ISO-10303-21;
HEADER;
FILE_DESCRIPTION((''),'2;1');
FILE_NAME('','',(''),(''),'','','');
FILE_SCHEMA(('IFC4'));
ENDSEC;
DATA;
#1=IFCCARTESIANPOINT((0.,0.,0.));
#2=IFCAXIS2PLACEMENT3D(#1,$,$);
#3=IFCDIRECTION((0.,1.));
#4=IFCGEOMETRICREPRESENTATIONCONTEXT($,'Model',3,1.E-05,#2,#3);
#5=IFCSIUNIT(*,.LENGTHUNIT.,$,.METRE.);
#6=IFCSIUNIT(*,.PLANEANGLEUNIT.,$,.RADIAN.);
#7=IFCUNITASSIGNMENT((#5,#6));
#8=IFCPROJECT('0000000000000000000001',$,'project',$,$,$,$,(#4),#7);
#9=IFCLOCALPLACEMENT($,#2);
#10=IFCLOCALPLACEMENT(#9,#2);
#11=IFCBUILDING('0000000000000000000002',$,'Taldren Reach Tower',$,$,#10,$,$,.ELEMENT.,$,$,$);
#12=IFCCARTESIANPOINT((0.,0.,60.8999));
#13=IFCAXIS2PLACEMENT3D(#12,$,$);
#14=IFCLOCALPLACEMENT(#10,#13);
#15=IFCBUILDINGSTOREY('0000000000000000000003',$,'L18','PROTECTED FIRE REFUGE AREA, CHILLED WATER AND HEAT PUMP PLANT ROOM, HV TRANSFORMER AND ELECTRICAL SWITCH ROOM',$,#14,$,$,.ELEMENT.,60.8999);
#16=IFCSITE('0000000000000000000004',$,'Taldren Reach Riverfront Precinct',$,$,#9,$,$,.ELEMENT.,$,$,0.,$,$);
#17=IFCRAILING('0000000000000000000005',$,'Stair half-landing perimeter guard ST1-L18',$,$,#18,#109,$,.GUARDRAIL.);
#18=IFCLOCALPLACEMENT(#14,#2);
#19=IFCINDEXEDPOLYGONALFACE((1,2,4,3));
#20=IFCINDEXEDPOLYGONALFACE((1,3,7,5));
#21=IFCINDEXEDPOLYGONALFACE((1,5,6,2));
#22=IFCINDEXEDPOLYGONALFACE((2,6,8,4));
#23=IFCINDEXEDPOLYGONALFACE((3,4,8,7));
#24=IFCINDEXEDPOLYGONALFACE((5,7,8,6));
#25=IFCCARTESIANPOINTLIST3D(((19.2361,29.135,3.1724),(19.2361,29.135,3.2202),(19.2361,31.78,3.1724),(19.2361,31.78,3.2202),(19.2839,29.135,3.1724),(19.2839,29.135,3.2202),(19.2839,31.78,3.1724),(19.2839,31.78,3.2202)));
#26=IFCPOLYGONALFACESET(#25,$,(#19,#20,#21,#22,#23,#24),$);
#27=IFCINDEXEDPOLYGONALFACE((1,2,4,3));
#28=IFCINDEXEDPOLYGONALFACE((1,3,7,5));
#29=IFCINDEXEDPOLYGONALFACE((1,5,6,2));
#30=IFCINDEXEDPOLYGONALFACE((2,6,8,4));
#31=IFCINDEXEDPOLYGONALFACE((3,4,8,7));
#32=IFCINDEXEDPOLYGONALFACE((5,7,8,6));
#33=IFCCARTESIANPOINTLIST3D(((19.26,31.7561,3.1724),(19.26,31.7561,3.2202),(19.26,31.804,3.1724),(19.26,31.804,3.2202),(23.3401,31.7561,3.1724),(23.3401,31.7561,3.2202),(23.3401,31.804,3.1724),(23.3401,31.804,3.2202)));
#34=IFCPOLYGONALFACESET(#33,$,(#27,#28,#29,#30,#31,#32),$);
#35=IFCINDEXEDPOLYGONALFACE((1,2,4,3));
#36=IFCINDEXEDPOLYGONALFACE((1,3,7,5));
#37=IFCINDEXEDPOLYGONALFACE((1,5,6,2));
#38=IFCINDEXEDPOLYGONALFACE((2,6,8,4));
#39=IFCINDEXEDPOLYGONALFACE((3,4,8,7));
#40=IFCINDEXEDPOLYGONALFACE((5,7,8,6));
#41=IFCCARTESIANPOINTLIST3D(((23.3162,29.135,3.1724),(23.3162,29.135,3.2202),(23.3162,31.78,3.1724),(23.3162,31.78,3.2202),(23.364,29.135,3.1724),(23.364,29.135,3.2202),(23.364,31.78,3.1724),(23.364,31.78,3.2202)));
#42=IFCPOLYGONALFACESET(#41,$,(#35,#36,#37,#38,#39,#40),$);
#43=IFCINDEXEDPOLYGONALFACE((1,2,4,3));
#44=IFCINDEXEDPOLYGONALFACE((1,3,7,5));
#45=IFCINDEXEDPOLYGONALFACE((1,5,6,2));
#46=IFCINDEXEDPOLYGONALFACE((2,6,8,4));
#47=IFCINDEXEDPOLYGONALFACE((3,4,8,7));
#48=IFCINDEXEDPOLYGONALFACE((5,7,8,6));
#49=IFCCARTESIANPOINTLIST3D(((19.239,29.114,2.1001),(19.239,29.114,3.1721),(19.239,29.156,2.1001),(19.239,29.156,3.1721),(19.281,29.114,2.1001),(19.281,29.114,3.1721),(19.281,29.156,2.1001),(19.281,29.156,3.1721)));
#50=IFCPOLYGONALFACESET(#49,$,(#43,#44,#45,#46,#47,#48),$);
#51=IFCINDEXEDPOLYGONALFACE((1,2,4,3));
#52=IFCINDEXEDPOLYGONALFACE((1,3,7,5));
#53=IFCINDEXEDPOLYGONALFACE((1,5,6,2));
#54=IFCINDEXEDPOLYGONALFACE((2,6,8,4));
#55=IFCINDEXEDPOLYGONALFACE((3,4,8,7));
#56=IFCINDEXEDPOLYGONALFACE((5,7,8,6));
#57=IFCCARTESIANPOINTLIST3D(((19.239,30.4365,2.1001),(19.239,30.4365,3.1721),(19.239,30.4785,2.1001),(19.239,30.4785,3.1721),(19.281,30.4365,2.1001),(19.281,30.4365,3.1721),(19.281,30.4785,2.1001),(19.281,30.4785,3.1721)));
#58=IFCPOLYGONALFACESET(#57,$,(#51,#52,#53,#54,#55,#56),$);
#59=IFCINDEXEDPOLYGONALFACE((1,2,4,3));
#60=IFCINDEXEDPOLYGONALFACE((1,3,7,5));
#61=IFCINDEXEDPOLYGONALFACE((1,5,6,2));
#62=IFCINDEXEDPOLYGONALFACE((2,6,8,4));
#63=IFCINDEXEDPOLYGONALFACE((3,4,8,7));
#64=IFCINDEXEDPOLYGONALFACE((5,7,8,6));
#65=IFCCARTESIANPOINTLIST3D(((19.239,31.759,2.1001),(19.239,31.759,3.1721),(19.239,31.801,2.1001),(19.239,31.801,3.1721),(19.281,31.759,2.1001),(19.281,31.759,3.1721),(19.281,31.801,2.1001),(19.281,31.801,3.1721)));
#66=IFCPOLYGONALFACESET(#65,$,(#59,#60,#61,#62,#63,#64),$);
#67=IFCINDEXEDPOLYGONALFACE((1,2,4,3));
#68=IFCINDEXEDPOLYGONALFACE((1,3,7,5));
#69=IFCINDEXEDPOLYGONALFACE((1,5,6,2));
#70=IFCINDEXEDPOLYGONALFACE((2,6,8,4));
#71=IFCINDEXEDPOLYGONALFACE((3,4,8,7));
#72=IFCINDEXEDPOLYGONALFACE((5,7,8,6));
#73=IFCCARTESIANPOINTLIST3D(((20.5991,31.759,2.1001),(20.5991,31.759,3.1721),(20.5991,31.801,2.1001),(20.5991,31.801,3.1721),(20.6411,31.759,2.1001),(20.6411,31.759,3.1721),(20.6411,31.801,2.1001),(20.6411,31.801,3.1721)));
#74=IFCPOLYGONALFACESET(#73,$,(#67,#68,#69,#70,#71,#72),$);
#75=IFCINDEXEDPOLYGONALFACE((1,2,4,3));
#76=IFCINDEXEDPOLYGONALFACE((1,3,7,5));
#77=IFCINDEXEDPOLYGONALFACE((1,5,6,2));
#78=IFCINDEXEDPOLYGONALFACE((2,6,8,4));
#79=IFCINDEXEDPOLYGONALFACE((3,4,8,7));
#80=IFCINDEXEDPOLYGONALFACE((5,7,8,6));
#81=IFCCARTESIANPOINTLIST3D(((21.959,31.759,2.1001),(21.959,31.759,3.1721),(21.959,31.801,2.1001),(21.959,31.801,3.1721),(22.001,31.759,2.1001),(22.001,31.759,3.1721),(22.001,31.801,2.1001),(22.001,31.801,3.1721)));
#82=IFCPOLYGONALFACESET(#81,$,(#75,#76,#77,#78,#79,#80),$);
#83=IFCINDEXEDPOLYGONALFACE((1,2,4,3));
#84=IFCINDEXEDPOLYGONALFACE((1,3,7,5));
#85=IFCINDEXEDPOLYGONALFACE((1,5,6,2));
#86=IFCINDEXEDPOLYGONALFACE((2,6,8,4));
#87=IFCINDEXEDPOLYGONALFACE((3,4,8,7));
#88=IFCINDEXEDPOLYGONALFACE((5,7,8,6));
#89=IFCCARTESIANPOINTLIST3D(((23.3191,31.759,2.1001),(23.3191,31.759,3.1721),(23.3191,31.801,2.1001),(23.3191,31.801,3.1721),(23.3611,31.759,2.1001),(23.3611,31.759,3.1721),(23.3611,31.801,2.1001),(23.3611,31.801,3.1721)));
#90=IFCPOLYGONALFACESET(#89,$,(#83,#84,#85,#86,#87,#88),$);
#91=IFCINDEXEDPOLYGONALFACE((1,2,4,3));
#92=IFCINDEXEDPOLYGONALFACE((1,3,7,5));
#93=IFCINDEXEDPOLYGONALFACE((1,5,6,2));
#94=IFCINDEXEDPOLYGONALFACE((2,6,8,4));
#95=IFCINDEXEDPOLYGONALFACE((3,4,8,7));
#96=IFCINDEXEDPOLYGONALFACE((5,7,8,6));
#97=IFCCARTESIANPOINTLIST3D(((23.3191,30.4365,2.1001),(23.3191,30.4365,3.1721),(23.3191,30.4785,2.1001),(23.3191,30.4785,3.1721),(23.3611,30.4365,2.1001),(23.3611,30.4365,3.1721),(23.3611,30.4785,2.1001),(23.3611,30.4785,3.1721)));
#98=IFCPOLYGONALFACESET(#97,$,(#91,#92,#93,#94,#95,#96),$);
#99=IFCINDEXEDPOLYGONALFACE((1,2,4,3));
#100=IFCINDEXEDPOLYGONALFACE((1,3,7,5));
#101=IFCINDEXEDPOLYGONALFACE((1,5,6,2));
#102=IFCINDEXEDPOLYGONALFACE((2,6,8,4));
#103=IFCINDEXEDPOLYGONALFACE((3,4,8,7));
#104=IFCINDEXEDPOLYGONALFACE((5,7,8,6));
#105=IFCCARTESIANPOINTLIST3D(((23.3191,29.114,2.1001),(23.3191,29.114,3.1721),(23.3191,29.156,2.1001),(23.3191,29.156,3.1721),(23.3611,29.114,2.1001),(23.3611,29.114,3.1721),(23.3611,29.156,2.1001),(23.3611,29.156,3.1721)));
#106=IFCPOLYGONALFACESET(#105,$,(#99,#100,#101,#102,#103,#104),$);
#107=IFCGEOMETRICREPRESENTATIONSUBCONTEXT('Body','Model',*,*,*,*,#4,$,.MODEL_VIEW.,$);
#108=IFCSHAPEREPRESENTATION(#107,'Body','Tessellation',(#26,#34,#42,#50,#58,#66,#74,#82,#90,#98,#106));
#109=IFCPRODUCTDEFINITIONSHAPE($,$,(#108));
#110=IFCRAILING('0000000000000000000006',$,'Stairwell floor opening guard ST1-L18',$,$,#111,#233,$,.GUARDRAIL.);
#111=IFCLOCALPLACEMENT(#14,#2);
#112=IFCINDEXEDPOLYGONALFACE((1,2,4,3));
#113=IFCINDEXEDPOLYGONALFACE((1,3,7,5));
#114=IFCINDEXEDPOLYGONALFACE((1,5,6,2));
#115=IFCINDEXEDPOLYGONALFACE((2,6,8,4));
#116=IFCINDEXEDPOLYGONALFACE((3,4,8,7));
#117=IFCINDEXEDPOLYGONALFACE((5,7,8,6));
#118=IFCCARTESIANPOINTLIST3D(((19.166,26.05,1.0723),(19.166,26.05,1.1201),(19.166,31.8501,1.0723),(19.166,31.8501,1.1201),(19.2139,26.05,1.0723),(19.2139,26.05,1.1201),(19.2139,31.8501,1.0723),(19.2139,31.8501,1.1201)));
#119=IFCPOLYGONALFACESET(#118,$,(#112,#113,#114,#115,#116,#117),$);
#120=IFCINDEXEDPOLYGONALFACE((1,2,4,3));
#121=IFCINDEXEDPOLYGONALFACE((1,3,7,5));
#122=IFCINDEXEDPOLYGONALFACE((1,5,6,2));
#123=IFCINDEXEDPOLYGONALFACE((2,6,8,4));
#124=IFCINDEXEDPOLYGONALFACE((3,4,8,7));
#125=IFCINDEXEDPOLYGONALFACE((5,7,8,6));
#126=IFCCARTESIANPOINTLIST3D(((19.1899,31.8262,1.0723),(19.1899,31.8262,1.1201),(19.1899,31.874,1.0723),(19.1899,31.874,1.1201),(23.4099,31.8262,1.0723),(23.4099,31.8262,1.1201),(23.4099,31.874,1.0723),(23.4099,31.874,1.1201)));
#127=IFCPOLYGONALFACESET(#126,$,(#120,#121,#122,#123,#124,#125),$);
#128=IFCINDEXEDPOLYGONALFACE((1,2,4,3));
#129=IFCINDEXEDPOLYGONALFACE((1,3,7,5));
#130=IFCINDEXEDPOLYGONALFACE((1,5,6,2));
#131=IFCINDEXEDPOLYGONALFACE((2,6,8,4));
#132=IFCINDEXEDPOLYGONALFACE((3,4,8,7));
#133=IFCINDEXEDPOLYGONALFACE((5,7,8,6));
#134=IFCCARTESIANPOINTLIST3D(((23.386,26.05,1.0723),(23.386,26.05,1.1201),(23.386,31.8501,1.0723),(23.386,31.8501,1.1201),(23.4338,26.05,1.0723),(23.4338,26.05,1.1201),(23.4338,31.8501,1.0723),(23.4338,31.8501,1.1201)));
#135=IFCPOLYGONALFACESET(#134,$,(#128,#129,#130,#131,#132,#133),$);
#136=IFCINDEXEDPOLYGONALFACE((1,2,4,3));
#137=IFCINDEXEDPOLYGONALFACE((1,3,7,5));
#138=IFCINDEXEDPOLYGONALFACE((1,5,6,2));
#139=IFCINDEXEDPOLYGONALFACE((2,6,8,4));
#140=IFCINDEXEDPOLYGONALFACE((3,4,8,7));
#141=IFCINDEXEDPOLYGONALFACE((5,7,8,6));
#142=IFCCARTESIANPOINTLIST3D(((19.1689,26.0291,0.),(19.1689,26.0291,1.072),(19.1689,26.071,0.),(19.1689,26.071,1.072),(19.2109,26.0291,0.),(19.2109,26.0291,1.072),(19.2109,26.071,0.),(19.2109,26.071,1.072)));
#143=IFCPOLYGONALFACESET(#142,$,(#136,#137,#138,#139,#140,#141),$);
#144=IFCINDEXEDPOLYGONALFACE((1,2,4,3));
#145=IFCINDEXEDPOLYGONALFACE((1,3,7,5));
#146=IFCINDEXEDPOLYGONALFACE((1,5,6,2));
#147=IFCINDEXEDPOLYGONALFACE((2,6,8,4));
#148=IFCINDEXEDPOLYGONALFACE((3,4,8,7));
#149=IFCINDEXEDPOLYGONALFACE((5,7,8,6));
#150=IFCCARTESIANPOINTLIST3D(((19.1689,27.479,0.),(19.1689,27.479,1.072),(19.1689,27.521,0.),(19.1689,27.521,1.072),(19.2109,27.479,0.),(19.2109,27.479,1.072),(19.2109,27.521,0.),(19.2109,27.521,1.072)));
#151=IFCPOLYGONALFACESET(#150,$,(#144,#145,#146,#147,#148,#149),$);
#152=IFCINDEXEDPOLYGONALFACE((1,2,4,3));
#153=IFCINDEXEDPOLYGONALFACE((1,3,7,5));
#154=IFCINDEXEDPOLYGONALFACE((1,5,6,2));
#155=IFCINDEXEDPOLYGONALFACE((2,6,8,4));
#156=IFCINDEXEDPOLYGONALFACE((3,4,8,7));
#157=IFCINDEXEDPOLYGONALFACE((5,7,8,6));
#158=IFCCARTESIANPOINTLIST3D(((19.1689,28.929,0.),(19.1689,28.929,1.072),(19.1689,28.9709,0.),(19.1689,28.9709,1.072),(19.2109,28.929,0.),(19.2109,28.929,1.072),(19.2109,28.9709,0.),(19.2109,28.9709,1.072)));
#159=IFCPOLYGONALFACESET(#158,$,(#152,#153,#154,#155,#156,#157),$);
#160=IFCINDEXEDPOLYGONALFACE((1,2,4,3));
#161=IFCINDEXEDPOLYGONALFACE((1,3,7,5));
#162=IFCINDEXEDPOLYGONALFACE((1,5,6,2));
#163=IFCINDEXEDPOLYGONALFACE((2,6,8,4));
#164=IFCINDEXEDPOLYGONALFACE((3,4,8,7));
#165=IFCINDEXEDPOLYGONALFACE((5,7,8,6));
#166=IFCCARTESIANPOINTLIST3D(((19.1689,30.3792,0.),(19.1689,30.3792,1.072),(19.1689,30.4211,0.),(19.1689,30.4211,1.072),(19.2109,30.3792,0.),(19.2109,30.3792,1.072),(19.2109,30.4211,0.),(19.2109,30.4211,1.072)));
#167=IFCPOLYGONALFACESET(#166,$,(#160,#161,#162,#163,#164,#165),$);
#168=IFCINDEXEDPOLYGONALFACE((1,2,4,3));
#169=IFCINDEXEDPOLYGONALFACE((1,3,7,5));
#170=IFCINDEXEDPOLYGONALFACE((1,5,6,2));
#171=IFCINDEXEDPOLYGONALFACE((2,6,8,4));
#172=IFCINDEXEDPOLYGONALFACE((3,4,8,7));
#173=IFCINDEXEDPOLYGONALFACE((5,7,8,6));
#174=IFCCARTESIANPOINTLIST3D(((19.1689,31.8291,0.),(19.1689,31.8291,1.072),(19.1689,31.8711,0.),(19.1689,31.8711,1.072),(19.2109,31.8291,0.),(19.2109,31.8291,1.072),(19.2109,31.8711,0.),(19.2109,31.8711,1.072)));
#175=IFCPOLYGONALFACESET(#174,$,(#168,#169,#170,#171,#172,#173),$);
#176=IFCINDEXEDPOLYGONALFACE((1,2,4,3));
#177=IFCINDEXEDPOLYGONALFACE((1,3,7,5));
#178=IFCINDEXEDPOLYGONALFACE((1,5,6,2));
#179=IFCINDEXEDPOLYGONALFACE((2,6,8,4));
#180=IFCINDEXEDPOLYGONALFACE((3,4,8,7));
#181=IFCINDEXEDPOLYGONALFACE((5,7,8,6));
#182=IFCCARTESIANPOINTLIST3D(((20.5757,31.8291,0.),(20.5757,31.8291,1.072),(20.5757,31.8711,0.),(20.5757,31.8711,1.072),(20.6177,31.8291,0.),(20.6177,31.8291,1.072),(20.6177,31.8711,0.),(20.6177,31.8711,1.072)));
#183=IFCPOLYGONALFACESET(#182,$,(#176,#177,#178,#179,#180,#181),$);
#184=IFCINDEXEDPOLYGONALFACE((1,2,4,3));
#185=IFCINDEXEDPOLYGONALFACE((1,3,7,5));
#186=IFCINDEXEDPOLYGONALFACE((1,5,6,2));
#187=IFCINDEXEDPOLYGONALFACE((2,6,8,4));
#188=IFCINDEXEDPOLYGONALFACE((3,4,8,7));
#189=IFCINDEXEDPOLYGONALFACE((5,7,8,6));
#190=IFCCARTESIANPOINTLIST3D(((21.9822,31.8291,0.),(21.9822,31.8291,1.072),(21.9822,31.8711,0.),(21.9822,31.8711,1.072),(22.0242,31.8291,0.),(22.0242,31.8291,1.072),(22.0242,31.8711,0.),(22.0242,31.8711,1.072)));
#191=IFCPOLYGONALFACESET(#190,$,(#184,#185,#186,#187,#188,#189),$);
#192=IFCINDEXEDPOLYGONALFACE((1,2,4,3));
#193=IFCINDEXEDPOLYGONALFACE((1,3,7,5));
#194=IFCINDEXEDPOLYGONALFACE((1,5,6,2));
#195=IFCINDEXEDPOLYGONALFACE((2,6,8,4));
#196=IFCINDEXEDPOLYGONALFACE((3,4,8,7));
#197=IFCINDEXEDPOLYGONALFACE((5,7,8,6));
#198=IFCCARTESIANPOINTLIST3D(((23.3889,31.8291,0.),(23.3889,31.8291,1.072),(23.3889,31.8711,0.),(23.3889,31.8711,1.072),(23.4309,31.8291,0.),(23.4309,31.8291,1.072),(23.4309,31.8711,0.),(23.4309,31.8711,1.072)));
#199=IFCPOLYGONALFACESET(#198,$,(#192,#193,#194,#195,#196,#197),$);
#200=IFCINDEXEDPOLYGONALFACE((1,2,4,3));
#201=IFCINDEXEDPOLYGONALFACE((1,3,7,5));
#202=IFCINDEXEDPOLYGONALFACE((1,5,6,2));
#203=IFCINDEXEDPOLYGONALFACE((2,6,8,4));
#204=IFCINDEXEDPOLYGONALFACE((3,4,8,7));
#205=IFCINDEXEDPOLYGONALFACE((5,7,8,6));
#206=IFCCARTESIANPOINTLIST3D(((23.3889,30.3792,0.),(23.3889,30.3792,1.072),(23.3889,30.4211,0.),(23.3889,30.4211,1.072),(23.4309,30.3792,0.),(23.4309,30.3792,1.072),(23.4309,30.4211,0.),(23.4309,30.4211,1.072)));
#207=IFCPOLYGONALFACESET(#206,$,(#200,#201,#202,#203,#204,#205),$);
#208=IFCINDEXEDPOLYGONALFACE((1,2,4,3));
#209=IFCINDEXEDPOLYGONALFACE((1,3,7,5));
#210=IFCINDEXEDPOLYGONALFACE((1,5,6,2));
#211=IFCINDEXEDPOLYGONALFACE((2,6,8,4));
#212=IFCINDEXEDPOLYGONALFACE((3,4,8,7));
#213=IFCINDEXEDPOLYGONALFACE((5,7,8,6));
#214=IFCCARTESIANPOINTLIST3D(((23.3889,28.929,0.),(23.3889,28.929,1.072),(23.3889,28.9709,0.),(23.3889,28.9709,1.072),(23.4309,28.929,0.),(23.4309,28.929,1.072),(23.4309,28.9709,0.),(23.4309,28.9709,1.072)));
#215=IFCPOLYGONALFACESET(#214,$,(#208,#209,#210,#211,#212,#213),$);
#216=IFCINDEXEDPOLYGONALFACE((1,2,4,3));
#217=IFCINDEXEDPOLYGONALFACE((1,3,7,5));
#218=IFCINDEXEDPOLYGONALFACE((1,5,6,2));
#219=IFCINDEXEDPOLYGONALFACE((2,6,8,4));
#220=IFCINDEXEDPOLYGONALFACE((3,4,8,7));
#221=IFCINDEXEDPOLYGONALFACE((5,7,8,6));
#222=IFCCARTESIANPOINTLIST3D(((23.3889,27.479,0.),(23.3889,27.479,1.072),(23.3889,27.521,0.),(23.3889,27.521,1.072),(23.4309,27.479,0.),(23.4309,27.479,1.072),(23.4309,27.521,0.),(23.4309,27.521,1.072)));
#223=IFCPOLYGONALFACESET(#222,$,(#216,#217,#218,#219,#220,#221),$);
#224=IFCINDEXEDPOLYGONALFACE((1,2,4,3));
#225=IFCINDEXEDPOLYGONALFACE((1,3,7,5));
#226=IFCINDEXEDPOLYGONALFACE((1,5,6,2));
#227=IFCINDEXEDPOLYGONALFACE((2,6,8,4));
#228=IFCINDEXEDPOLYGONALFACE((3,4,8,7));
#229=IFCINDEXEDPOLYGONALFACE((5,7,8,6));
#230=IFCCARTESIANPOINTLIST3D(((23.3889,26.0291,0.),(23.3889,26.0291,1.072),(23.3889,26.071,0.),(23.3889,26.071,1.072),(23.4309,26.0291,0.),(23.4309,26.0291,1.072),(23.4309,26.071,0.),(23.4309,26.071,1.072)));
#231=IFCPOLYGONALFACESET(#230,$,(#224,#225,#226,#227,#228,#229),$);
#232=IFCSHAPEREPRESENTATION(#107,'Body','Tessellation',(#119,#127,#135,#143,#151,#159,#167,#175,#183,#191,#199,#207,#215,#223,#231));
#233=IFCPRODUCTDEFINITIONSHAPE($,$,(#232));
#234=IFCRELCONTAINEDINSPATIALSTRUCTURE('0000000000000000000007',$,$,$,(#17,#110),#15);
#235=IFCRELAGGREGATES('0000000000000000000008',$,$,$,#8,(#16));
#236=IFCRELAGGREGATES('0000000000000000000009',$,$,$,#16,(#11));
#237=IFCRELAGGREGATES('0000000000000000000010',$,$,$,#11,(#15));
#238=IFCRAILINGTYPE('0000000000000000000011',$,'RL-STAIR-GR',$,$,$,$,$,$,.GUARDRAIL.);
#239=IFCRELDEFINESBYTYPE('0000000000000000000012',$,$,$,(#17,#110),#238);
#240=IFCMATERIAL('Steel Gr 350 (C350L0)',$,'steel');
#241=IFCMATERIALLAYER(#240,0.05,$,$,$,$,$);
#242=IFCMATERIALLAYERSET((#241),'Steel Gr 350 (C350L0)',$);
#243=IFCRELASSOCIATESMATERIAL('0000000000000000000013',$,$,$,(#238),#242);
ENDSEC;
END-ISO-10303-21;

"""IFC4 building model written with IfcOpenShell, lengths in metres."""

from ifc_helpers import new_model, si_unit, direction, frame, origin, origin_2d, place, context, subcontext, project, spatial, rectangle, extrude, material, layer, layer_set, type_object, element, save


model = new_model("IFC4")

# Units and contexts
model_context = context("Model", 3, precision=1e-05, world=origin(), true_north=direction((0.0, 1.0)))
body_context = subcontext(model_context, "Body", "Model", "MODEL_VIEW")
ifc_project = project(units=[si_unit("LENGTHUNIT", "METRE"), si_unit("PLANEANGLEUNIT", "RADIAN")], contexts=[model_context])

# Site, building, storey
site_placement = place(None, origin())
site = spatial("IfcSite", under=ifc_project, at=site_placement, Name="Taldren Reach Riverfront Precinct", CompositionType="ELEMENT", RefElevation=0.0)
building_placement = place(site_placement, origin())
building = spatial("IfcBuilding", under=site, at=building_placement, Name="Taldren Reach Tower", CompositionType="ELEMENT")
storey_placement = place(building_placement, frame((0.0, 0.0, 60.8999)))
storey = spatial("IfcBuildingStorey", under=building, at=storey_placement, Name="L18", Description="PROTECTED FIRE REFUGE AREA, CHILLED WATER AND HEAT PUMP PLANT ROOM, HV TRANSFORMER AND ELECTRICAL SWITCH ROOM", CompositionType="ELEMENT", Elevation=60.8999)

# Shared definitions
ifc_material_1 = material(Name="Steel Gr 350 (C350L0)", Category="steel")

# Railings
ifc_layer_1 = layer(ifc_material_1, 0.05)
ifc_layer_set_1 = layer_set([ifc_layer_1], Name="Steel Gr 350 (C350L0)")
railing_type = type_object("IfcRailingType", Name="RL-STAIR-GR", PredefinedType="GUARDRAIL", material=ifc_layer_set_1)
railing_1_placement = place(storey_placement, frame((19.26, 29.135, 2.1001)))
element("IfcRailing", 1, at=railing_1_placement, inside=storey, type_object=railing_type, Name="Stair half-landing perimeter guard ST1-L18", PredefinedType="GUARDRAIL", context=body_context, shape_type="SweptSolid", body=[
    extrude(rectangle(XDim=0.0479, YDim=0.0479, at=origin_2d()), frame((0.0, 0.0, 1.0962), z_axis=(0.0, 1.0, 0.0), x_axis=(-1.0, 0.0, 0.0)), (0.0, 0.0, 1.0), 2.645),
    extrude(rectangle(XDim=0.0479, YDim=0.0479, at=origin_2d()), frame((0.0, 2.645, 1.0962), z_axis=(1.0, 0.0, 0.0), x_axis=(0.0, 1.0, 0.0)), (0.0, 0.0, 1.0), 4.0801),
    extrude(rectangle(XDim=0.0479, YDim=0.0479, at=origin_2d()), frame((4.0801, 2.645, 1.0962), z_axis=(0.0, -1.0, 0.0), x_axis=(1.0, 0.0, 0.0)), (0.0, 0.0, 1.0), 2.645),
    extrude(rectangle(XDim=0.042, YDim=0.042, at=origin_2d()), origin(), (0.0, 0.0, 1.0), 1.072),
    extrude(rectangle(XDim=0.042, YDim=0.042, at=origin_2d()), frame((0.0, 1.3225, 0.0)), (0.0, 0.0, 1.0), 1.072),
    extrude(rectangle(XDim=0.042, YDim=0.042, at=origin_2d()), frame((0.0, 2.645, 0.0)), (0.0, 0.0, 1.0), 1.072),
    extrude(rectangle(XDim=0.042, YDim=0.042, at=origin_2d()), frame((1.3601, 2.645, 0.0)), (0.0, 0.0, 1.0), 1.072),
    extrude(rectangle(XDim=0.042, YDim=0.042, at=origin_2d()), frame((2.72, 2.645, 0.0)), (0.0, 0.0, 1.0), 1.072),
    extrude(rectangle(XDim=0.042, YDim=0.042, at=origin_2d()), frame((4.0801, 2.645, 0.0)), (0.0, 0.0, 1.0), 1.072),
    extrude(rectangle(XDim=0.042, YDim=0.042, at=origin_2d()), frame((4.0801, 1.3225, 0.0)), (0.0, 0.0, 1.0), 1.072),
    extrude(rectangle(XDim=0.042, YDim=0.042, at=origin_2d()), frame((4.0801, 0.0, 0.0)), (0.0, 0.0, 1.0), 1.072),
])
railing_2_placement = place(storey_placement, frame((19.1899, 26.05, 0.0)))
element("IfcRailing", 2, at=railing_2_placement, inside=storey, type_object=railing_type, Name="Stairwell floor opening guard ST1-L18", PredefinedType="GUARDRAIL", context=body_context, shape_type="SweptSolid", body=[
    extrude(rectangle(XDim=0.0479, YDim=0.0479, at=origin_2d()), frame((0.0, 0.0, 1.0962), z_axis=(0.0, 1.0, 0.0), x_axis=(-1.0, 0.0, 0.0)), (0.0, 0.0, 1.0), 5.8),
    extrude(rectangle(XDim=0.0479, YDim=0.0479, at=origin_2d()), frame((0.0, 5.8, 1.0962), z_axis=(1.0, 0.0, 0.0), x_axis=(0.0, 1.0, 0.0)), (0.0, 0.0, 1.0), 4.22),
    extrude(rectangle(XDim=0.0479, YDim=0.0479, at=origin_2d()), frame((4.22, 5.8, 1.0962), z_axis=(0.0, -1.0, 0.0), x_axis=(1.0, 0.0, 0.0)), (0.0, 0.0, 1.0), 5.8),
    extrude(rectangle(XDim=0.042, YDim=0.042, at=origin_2d()), origin(), (0.0, 0.0, 1.0), 1.072),
    extrude(rectangle(XDim=0.042, YDim=0.042, at=origin_2d()), frame((0.0, 1.45, 0.0)), (0.0, 0.0, 1.0), 1.072),
    extrude(rectangle(XDim=0.042, YDim=0.042, at=origin_2d()), frame((0.0, 2.8999, 0.0)), (0.0, 0.0, 1.0), 1.072),
    extrude(rectangle(XDim=0.042, YDim=0.042, at=origin_2d()), frame((0.0, 4.3501, 0.0)), (0.0, 0.0, 1.0), 1.072),
    extrude(rectangle(XDim=0.042, YDim=0.042, at=origin_2d()), frame((0.0, 5.8, 0.0)), (0.0, 0.0, 1.0), 1.072),
    extrude(rectangle(XDim=0.042, YDim=0.042, at=origin_2d()), frame((1.4067, 5.8, 0.0)), (0.0, 0.0, 1.0), 1.072),
    extrude(rectangle(XDim=0.042, YDim=0.042, at=origin_2d()), frame((2.8132, 5.8, 0.0)), (0.0, 0.0, 1.0), 1.072),
    extrude(rectangle(XDim=0.042, YDim=0.042, at=origin_2d()), frame((4.22, 5.8, 0.0)), (0.0, 0.0, 1.0), 1.072),
    extrude(rectangle(XDim=0.042, YDim=0.042, at=origin_2d()), frame((4.22, 4.3501, 0.0)), (0.0, 0.0, 1.0), 1.072),
    extrude(rectangle(XDim=0.042, YDim=0.042, at=origin_2d()), frame((4.22, 2.8999, 0.0)), (0.0, 0.0, 1.0), 1.072),
    extrude(rectangle(XDim=0.042, YDim=0.042, at=origin_2d()), frame((4.22, 1.45, 0.0)), (0.0, 0.0, 1.0), 1.072),
    extrude(rectangle(XDim=0.042, YDim=0.042, at=origin_2d()), frame((4.22, 0.0, 0.0)), (0.0, 0.0, 1.0), 1.072),
])

save(model, "model.ifc")
